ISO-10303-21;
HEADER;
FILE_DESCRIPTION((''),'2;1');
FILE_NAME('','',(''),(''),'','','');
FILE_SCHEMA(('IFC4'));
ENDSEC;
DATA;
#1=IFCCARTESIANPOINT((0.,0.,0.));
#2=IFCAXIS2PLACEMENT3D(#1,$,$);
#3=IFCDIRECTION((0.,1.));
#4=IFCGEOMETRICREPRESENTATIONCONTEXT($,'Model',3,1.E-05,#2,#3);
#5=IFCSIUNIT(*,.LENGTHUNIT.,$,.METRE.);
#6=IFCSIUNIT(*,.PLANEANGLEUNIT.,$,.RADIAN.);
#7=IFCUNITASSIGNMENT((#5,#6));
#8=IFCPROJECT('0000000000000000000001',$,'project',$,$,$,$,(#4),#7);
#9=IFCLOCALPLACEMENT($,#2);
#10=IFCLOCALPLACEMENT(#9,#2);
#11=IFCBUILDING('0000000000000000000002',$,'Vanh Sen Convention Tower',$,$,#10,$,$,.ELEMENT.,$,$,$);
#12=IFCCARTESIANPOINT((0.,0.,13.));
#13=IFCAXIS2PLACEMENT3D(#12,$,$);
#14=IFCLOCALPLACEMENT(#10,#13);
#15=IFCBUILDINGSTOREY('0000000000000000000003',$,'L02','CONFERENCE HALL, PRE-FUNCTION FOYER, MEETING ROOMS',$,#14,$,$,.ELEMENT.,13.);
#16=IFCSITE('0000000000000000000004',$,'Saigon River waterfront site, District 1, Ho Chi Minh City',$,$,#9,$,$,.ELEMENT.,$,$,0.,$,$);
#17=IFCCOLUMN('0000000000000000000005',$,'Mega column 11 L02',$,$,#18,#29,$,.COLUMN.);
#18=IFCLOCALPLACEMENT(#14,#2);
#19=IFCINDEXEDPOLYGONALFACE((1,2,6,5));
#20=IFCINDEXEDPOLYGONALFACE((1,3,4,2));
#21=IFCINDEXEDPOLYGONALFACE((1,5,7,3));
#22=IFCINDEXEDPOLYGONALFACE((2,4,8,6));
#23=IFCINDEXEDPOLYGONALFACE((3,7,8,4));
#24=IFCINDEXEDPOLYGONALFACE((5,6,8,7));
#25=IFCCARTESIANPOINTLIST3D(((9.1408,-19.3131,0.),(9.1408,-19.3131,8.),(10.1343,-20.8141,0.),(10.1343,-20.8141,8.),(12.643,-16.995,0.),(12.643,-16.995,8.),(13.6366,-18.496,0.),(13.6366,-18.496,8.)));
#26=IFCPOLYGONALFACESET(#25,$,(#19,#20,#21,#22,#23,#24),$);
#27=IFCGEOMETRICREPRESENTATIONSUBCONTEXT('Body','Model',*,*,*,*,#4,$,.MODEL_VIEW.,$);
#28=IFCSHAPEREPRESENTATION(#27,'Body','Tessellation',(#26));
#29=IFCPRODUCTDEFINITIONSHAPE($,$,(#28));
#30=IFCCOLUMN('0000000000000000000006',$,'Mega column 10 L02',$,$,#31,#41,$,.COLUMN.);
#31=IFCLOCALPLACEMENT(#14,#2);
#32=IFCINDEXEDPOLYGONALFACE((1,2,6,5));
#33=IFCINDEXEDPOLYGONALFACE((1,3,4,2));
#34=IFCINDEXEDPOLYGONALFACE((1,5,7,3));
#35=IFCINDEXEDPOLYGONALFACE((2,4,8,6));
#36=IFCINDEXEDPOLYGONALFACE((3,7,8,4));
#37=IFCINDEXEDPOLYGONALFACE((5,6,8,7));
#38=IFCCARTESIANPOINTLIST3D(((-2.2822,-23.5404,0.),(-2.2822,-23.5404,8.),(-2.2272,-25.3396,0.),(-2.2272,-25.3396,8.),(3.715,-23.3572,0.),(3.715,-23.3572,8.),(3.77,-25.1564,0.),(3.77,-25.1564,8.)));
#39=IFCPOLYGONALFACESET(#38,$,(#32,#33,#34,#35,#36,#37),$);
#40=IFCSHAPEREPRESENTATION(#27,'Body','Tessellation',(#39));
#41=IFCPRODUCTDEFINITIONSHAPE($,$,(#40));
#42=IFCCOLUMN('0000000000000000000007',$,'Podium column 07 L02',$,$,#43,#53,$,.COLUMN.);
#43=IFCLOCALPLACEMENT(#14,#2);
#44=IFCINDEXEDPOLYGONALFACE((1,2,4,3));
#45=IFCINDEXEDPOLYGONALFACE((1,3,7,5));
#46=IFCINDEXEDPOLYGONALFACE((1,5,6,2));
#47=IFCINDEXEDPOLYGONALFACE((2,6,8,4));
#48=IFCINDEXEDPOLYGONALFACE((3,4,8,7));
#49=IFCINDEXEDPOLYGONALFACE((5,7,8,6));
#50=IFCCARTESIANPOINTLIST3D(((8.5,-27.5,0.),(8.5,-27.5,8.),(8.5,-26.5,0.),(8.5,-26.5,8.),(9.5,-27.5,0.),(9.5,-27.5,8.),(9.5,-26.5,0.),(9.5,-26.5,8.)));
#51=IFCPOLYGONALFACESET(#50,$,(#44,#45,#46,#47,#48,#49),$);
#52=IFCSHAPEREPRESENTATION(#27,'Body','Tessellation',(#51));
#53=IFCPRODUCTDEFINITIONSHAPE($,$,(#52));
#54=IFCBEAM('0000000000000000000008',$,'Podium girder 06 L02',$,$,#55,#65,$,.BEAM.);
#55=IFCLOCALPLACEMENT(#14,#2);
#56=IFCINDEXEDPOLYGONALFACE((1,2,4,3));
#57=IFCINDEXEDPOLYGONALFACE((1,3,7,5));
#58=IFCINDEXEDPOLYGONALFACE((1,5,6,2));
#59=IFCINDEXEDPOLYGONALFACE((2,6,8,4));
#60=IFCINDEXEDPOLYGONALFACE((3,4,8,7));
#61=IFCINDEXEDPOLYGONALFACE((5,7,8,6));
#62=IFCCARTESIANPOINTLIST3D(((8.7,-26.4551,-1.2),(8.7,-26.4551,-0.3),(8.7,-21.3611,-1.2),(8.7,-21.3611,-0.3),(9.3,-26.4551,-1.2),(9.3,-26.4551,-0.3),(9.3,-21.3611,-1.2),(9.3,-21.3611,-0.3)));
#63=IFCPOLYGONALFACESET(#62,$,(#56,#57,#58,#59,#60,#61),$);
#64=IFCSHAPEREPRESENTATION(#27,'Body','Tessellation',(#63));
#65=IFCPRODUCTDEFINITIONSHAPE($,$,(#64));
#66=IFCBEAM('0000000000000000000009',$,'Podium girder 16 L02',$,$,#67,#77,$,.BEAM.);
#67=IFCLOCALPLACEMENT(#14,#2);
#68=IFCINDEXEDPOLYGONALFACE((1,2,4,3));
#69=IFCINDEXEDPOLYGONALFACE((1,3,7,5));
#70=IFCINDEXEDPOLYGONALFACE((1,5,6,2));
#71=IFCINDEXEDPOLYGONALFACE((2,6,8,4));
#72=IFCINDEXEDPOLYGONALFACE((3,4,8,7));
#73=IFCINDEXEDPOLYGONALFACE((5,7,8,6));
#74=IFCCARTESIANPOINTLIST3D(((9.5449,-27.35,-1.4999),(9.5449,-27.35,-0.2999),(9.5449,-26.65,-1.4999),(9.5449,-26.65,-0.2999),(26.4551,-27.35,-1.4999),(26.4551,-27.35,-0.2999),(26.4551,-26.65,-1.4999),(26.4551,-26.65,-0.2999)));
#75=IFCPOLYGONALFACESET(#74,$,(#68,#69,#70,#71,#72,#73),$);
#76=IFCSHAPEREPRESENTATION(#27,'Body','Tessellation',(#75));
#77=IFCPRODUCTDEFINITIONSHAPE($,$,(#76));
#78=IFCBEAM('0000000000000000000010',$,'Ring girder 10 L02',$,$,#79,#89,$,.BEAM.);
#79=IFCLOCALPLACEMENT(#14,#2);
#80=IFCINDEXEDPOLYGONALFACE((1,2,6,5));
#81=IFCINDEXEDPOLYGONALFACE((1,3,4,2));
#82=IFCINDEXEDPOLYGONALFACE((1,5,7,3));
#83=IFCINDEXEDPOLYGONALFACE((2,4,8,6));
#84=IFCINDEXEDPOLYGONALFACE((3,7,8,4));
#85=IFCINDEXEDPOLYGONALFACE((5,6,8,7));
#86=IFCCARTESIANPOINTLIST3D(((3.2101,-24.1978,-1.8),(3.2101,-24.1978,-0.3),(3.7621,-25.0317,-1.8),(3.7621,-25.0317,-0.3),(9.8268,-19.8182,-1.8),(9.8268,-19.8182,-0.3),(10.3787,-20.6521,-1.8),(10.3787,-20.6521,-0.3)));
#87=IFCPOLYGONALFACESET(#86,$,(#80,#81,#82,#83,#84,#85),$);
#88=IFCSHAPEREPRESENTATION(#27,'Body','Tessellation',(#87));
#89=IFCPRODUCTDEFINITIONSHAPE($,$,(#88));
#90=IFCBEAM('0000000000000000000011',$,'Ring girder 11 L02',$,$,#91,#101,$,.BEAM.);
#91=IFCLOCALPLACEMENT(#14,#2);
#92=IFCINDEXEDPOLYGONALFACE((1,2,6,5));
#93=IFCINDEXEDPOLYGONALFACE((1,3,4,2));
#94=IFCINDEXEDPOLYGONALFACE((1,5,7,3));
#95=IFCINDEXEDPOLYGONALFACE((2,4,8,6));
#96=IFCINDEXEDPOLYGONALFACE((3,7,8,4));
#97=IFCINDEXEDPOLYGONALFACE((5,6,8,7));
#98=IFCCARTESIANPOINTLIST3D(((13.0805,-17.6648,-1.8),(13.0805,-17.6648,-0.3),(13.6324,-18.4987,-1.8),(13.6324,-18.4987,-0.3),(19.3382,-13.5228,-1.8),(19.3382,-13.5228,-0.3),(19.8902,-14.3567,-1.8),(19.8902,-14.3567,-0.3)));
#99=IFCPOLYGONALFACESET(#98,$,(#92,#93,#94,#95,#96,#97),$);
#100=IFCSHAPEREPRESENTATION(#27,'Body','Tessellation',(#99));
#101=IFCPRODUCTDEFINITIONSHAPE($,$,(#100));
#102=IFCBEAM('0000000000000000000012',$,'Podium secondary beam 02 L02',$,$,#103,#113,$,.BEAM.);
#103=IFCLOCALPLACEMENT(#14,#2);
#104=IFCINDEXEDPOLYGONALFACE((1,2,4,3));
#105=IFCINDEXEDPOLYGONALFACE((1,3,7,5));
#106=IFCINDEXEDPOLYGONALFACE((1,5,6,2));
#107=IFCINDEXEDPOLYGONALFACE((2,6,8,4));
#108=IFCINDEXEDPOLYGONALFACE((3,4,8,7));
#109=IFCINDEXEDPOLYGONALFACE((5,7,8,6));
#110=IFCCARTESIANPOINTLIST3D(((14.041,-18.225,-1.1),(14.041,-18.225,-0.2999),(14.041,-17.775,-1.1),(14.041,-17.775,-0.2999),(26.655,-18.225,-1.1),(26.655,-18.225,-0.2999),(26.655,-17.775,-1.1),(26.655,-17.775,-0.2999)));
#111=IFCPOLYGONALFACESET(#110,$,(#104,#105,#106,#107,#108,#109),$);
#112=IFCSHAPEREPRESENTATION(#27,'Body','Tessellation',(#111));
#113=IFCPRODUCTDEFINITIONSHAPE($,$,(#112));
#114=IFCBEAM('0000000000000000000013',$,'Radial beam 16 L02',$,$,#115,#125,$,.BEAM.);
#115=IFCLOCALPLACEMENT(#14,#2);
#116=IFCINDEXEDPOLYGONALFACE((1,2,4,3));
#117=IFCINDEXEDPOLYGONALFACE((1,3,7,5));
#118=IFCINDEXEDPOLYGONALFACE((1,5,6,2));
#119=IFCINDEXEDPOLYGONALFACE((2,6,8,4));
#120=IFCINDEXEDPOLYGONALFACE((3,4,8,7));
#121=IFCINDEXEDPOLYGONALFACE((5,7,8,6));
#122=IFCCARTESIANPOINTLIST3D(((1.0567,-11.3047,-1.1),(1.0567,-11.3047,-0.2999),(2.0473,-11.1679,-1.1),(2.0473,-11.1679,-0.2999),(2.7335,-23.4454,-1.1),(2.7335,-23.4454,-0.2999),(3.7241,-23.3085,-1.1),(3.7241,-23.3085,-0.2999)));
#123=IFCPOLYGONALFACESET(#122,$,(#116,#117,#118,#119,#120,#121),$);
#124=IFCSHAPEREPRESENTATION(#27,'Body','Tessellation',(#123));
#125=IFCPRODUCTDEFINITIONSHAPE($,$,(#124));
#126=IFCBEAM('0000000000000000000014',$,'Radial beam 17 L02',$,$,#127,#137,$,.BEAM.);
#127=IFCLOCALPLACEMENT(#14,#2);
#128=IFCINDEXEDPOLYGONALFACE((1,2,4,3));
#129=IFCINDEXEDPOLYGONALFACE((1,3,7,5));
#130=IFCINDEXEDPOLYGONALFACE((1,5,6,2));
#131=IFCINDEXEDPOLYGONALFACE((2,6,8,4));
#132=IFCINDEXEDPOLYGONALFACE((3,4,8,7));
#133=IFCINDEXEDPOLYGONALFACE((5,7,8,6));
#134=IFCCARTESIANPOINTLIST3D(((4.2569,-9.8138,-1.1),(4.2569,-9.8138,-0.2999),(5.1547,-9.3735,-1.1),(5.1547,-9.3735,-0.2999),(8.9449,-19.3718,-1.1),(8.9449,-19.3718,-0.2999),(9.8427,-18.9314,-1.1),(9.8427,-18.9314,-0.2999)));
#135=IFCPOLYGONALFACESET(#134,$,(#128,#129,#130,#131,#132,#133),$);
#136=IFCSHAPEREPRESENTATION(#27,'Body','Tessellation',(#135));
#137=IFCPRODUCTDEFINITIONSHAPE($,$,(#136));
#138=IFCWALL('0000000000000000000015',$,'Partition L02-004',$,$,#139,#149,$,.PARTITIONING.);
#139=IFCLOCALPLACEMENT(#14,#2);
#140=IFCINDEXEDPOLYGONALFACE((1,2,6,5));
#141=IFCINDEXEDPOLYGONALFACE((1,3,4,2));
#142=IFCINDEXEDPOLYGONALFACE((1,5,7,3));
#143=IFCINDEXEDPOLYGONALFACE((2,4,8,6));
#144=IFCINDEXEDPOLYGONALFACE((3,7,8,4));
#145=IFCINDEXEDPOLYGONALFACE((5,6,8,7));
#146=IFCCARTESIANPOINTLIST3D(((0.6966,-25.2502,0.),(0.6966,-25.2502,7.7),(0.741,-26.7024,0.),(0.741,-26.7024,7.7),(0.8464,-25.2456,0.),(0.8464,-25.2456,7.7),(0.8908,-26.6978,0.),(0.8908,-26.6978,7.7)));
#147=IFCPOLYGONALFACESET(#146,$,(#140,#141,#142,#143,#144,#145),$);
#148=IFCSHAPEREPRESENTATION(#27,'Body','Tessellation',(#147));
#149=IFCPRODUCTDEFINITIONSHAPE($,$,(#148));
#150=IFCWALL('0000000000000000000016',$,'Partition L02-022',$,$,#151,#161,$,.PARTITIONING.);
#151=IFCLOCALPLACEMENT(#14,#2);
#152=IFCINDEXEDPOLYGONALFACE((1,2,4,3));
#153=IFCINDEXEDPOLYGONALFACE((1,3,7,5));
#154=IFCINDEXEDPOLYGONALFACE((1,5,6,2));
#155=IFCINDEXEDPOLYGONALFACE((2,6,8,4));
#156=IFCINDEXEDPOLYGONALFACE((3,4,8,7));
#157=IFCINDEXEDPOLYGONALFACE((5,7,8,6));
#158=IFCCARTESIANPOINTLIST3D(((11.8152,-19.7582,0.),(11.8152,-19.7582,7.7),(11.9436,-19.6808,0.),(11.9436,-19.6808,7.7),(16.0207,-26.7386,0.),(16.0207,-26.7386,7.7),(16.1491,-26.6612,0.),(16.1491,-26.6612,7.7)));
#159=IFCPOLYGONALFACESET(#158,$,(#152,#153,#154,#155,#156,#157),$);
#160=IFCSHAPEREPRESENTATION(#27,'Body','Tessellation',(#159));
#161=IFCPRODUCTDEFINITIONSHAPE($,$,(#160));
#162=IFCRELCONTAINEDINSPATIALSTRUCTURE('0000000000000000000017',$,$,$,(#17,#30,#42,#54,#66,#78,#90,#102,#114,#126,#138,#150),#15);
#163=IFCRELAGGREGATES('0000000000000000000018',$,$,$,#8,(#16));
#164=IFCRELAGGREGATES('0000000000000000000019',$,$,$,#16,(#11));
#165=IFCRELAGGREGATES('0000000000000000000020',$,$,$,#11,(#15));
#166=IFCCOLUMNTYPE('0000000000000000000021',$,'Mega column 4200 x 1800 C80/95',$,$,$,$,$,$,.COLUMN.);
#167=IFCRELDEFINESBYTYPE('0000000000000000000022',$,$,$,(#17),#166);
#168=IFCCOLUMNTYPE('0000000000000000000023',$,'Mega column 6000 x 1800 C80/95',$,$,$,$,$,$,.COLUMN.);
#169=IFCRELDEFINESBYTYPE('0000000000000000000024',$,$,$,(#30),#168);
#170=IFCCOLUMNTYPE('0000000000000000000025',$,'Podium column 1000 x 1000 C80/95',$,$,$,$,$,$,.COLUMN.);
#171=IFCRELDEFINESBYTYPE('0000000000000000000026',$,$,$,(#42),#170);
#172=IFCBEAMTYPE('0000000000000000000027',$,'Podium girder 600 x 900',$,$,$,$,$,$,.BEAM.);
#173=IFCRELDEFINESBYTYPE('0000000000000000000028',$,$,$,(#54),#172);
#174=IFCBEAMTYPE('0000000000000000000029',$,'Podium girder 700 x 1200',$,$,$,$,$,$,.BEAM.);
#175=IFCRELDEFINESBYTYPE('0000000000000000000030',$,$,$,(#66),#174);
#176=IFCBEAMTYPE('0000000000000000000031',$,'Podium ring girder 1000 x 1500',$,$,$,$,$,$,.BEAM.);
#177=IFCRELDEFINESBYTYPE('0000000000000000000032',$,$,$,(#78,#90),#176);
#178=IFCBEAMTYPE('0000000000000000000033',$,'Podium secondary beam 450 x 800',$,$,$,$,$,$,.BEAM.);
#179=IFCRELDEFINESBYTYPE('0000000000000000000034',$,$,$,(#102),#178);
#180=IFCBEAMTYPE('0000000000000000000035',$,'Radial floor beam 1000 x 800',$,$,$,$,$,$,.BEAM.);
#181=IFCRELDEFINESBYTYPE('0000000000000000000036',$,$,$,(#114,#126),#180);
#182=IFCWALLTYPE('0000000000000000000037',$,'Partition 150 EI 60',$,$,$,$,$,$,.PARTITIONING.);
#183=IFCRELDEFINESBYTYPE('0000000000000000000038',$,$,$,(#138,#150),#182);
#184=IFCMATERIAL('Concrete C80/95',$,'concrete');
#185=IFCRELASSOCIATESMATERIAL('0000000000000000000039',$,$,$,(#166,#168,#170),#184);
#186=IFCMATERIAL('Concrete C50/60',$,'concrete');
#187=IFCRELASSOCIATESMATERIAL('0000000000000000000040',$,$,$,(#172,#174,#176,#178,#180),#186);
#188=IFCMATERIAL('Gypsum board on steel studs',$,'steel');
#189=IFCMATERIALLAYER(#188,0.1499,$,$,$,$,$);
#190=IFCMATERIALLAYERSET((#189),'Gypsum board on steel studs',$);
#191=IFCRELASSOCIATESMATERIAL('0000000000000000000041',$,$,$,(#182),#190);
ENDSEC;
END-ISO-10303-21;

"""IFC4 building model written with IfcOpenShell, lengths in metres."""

from ifc_helpers import new_model, si_unit, direction, frame, frame_2d, origin, origin_2d, place, context, subcontext, project, spatial, rectangle, extrude, material, layer, layer_set, material_profile, profile_set, type_object, element, save


model = new_model("IFC4")

# Units and contexts
model_context = context("Model", 3, precision=1e-05, world=origin(), true_north=direction((0.0, 1.0)))
body_context = subcontext(model_context, "Body", "Model", "MODEL_VIEW")
ifc_project = project(units=[si_unit("LENGTHUNIT", "METRE"), si_unit("PLANEANGLEUNIT", "RADIAN")], contexts=[model_context])

# Site, building, storey
site_placement = place(None, origin())
site = spatial("IfcSite", under=ifc_project, at=site_placement, Name="Saigon River waterfront site, District 1, Ho Chi Minh City", CompositionType="ELEMENT", RefElevation=0.0)
building_placement = place(site_placement, origin())
building = spatial("IfcBuilding", under=site, at=building_placement, Name="Vanh Sen Convention Tower", CompositionType="ELEMENT")
storey_placement = place(building_placement, frame((0.0, 0.0, 13.0)))
storey = spatial("IfcBuildingStorey", under=building, at=storey_placement, Name="L02", Description="CONFERENCE HALL, PRE-FUNCTION FOYER, MEETING ROOMS", CompositionType="ELEMENT", Elevation=13.0)

# Columns
ifc_material_1 = material(Name="Concrete C80/95", Category="concrete")
ifc_material_profile_1 = material_profile(ifc_material_1, rectangle(XDim=4.2, YDim=1.8, at=origin_2d()), Name="RC 4200X1800")
ifc_profile_set_1 = profile_set([ifc_material_profile_1], Name="Concrete C80/95")
column_type_1 = type_object("IfcColumnType", Name="Mega column 4200 x 1800 C80/95", PredefinedType="COLUMN", material=ifc_profile_set_1)
column_1_placement = place(storey_placement, frame((11.3887, -18.9045, 0.0), z_axis=(0.0, 0.0, 1.0), x_axis=(0.83388, 0.551946, 0.0)))
element("IfcColumn", 1, at=column_1_placement, inside=storey, type_object=column_type_1, Name="Mega column 11 L02", PredefinedType="COLUMN", context=body_context, shape_type="SweptSolid", body=[
    extrude(rectangle(XDim=4.2, YDim=1.8, at=origin_2d()), origin(), (0.0, 0.0, 1.0), 8.0),
])
ifc_material_profile_2 = material_profile(ifc_material_1, rectangle(XDim=6.0, YDim=1.8, at=origin_2d()), Name="RC 6000X1800")
ifc_profile_set_2 = profile_set([ifc_material_profile_2], Name="Concrete C80/95")
column_type_2 = type_object("IfcColumnType", Name="Mega column 6000 x 1800 C80/95", PredefinedType="COLUMN", material=ifc_profile_set_2)
column_2_placement = place(storey_placement, frame((0.7439, -24.3484, 0.0), z_axis=(0.0, 0.0, 1.0), x_axis=(0.999533, 0.030542, 0.0)))
element("IfcColumn", 2, at=column_2_placement, inside=storey, type_object=column_type_2, Name="Mega column 10 L02", PredefinedType="COLUMN", context=body_context, shape_type="SweptSolid", body=[
    extrude(rectangle(XDim=6.0, YDim=1.8, at=origin_2d()), origin(), (0.0, 0.0, 1.0), 8.0),
])
ifc_material_profile_3 = material_profile(ifc_material_1, rectangle(XDim=1.0, YDim=1.0, at=origin_2d()), Name="RC 1000X1000")
ifc_profile_set_3 = profile_set([ifc_material_profile_3], Name="Concrete C80/95")
column_type_3 = type_object("IfcColumnType", Name="Podium column 1000 x 1000 C80/95", PredefinedType="COLUMN", material=ifc_profile_set_3)
column_3_placement = place(storey_placement, frame((9.0, -27.0, 0.0), z_axis=(0.0, 0.0, 1.0), x_axis=(1.0, 0.0, 0.0)))
element("IfcColumn", 3, at=column_3_placement, inside=storey, type_object=column_type_3, Name="Podium column 07 L02", PredefinedType="COLUMN", context=body_context, shape_type="SweptSolid", body=[
    extrude(rectangle(XDim=1.0, YDim=1.0, at=origin_2d()), origin(), (0.0, 0.0, 1.0), 8.0),
])

# Beams
ifc_material_2 = material(Name="Concrete C50/60", Category="concrete")
ifc_material_profile_4 = material_profile(ifc_material_2, rectangle(XDim=0.6001, YDim=0.8999, at=origin_2d()), Name="RC 600X900")
ifc_profile_set_4 = profile_set([ifc_material_profile_4], Name="Concrete C50/60")
beam_type_1 = type_object("IfcBeamType", Name="Podium girder 600 x 900", PredefinedType="BEAM", material=ifc_profile_set_4)
beam_1_placement = place(storey_placement, frame((9.0, -26.4551, -0.75), z_axis=(0.0, 1.0, 0.0), x_axis=(-1.0, 0.0, 0.0)))
element("IfcBeam", 4, at=beam_1_placement, inside=storey, type_object=beam_type_1, Name="Podium girder 06 L02", PredefinedType="BEAM", context=body_context, shape_type="SweptSolid", body=[
    extrude(rectangle(XDim=0.6001, YDim=0.8999, at=origin_2d()), origin(), (0.0, 0.0, 1.0), 5.094),
])
ifc_material_profile_5 = material_profile(ifc_material_2, rectangle(XDim=0.7, YDim=1.2, at=origin_2d()), Name="RC 700X1200")
ifc_profile_set_5 = profile_set([ifc_material_profile_5], Name="Concrete C50/60")
beam_type_2 = type_object("IfcBeamType", Name="Podium girder 700 x 1200", PredefinedType="BEAM", material=ifc_profile_set_5)
beam_2_placement = place(storey_placement, frame((9.5449, -27.0, -0.8999), z_axis=(1.0, 0.0, 0.0), x_axis=(0.0, 1.0, 0.0)))
element("IfcBeam", 5, at=beam_2_placement, inside=storey, type_object=beam_type_2, Name="Podium girder 16 L02", PredefinedType="BEAM", context=body_context, shape_type="SweptSolid", body=[
    extrude(rectangle(XDim=0.7, YDim=1.2, at=origin_2d()), origin(), (0.0, 0.0, 1.0), 16.9102),
])
ifc_material_profile_6 = material_profile(ifc_material_2, rectangle(XDim=1.0, YDim=1.5, at=origin_2d()), Name="RC 1000X1500")
ifc_profile_set_6 = profile_set([ifc_material_profile_6], Name="Concrete C50/60")
beam_type_3 = type_object("IfcBeamType", Name="Podium ring girder 1000 x 1500", PredefinedType="BEAM", material=ifc_profile_set_6)
beam_3_placement = place(storey_placement, frame((3.4861, -24.6147, -1.05), z_axis=(0.833878, 0.551949, 0.0), x_axis=(-0.551949, 0.833878, 0.0)))
element("IfcBeam", 6, at=beam_3_placement, inside=storey, type_object=beam_type_3, Name="Ring girder 10 L02", PredefinedType="BEAM", context=body_context, shape_type="SweptSolid", body=[
    extrude(rectangle(XDim=1.0, YDim=1.5, at=origin_2d()), origin(), (0.0, 0.0, 1.0), 7.9348),
])
beam_4_placement = place(storey_placement, frame((13.3564, -18.0818, -1.05), z_axis=(0.833878, 0.551949, 0.0), x_axis=(-0.551949, 0.833878, 0.0)))
element("IfcBeam", 7, at=beam_4_placement, inside=storey, type_object=beam_type_3, Name="Ring girder 11 L02", PredefinedType="BEAM", context=body_context, shape_type="SweptSolid", body=[
    extrude(rectangle(XDim=1.0, YDim=1.5, at=origin_2d()), origin(), (0.0, 0.0, 1.0), 7.5044),
])
ifc_material_profile_7 = material_profile(ifc_material_2, rectangle(XDim=0.45, YDim=0.8, at=origin_2d()), Name="RC 450X800")
ifc_profile_set_7 = profile_set([ifc_material_profile_7], Name="Concrete C50/60")
beam_type_4 = type_object("IfcBeamType", Name="Podium secondary beam 450 x 800", PredefinedType="BEAM", material=ifc_profile_set_7)
beam_5_placement = place(storey_placement, frame((14.041, -18.0, -0.7), z_axis=(1.0, 0.0, 0.0), x_axis=(0.0, 1.0, 0.0)))
element("IfcBeam", 8, at=beam_5_placement, inside=storey, type_object=beam_type_4, Name="Podium secondary beam 02 L02", PredefinedType="BEAM", context=body_context, shape_type="SweptSolid", body=[
    extrude(rectangle(XDim=0.45, YDim=0.8, at=origin_2d()), origin(), (0.0, 0.0, 1.0), 12.614),
])
ifc_material_profile_8 = material_profile(ifc_material_2, rectangle(XDim=1.0, YDim=0.8, at=origin_2d()), Name="RC 1000X800")
ifc_profile_set_8 = profile_set([ifc_material_profile_8], Name="Concrete C50/60")
beam_type_5 = type_object("IfcBeamType", Name="Radial floor beam 1000 x 800", PredefinedType="BEAM", material=ifc_profile_set_8)
beam_6_placement = place(storey_placement, frame((3.2288, -23.377, -0.7), z_axis=(-0.136813, 0.990597, 0.0), x_axis=(-0.990597, -0.136813, 0.0)))
element("IfcBeam", 9, at=beam_6_placement, inside=storey, type_object=beam_type_5, Name="Radial beam 16 L02", PredefinedType="BEAM", context=body_context, shape_type="SweptSolid", body=[
    extrude(rectangle(XDim=1.0, YDim=0.8, at=origin_2d()), origin(), (0.0, 0.0, 1.0), 12.2559),
])
beam_7_placement = place(storey_placement, frame((9.3938, -19.1516, -0.7), z_axis=(-0.440366, 0.897818, 0.0), x_axis=(-0.897818, -0.440366, 0.0)))
element("IfcBeam", 10, at=beam_7_placement, inside=storey, type_object=beam_type_5, Name="Radial beam 17 L02", PredefinedType="BEAM", context=body_context, shape_type="SweptSolid", body=[
    extrude(rectangle(XDim=1.0, YDim=0.8, at=origin_2d()), origin(), (0.0, 0.0, 1.0), 10.6458),
])

# Walls
ifc_material_3 = material(Name="Gypsum board on steel studs", Category="steel")
ifc_layer_1 = layer(ifc_material_3, 0.1499)
ifc_layer_set_1 = layer_set([ifc_layer_1], Name="Gypsum board on steel studs")
wall_type_1 = type_object("IfcWallType", Name="Partition 150 EI 60", PredefinedType="PARTITIONING", material=ifc_layer_set_1)
wall_1_placement = place(storey_placement, frame((0.7715, -25.2478, 0.0), z_axis=(0.0, 0.0, 1.0), x_axis=(0.030584, -0.999532, 0.0)))
element("IfcWall", 11, at=wall_1_placement, inside=storey, type_object=wall_type_1, Name="Partition L02-004", PredefinedType="PARTITIONING", context=body_context, shape_type="SweptSolid", body=[
    extrude(rectangle(XDim=1.4529, YDim=0.1499, at=frame_2d((0.7266, 0.0))), origin(), (0.0, 0.0, 1.0), 7.7),
])
wall_2_placement = place(storey_placement, frame((11.8794, -19.7195, 0.0), z_axis=(0.0, 0.0, 1.0), x_axis=(0.516054, -0.856556, 0.0)))
element("IfcWall", 12, at=wall_2_placement, inside=storey, type_object=wall_type_1, Name="Partition L02-022", PredefinedType="PARTITIONING", context=body_context, shape_type="SweptSolid", body=[
    extrude(rectangle(XDim=8.1494, YDim=0.1499, at=frame_2d((4.0747, 0.0))), origin(), (0.0, 0.0, 1.0), 7.7),
])

save(model, "model.ifc")
